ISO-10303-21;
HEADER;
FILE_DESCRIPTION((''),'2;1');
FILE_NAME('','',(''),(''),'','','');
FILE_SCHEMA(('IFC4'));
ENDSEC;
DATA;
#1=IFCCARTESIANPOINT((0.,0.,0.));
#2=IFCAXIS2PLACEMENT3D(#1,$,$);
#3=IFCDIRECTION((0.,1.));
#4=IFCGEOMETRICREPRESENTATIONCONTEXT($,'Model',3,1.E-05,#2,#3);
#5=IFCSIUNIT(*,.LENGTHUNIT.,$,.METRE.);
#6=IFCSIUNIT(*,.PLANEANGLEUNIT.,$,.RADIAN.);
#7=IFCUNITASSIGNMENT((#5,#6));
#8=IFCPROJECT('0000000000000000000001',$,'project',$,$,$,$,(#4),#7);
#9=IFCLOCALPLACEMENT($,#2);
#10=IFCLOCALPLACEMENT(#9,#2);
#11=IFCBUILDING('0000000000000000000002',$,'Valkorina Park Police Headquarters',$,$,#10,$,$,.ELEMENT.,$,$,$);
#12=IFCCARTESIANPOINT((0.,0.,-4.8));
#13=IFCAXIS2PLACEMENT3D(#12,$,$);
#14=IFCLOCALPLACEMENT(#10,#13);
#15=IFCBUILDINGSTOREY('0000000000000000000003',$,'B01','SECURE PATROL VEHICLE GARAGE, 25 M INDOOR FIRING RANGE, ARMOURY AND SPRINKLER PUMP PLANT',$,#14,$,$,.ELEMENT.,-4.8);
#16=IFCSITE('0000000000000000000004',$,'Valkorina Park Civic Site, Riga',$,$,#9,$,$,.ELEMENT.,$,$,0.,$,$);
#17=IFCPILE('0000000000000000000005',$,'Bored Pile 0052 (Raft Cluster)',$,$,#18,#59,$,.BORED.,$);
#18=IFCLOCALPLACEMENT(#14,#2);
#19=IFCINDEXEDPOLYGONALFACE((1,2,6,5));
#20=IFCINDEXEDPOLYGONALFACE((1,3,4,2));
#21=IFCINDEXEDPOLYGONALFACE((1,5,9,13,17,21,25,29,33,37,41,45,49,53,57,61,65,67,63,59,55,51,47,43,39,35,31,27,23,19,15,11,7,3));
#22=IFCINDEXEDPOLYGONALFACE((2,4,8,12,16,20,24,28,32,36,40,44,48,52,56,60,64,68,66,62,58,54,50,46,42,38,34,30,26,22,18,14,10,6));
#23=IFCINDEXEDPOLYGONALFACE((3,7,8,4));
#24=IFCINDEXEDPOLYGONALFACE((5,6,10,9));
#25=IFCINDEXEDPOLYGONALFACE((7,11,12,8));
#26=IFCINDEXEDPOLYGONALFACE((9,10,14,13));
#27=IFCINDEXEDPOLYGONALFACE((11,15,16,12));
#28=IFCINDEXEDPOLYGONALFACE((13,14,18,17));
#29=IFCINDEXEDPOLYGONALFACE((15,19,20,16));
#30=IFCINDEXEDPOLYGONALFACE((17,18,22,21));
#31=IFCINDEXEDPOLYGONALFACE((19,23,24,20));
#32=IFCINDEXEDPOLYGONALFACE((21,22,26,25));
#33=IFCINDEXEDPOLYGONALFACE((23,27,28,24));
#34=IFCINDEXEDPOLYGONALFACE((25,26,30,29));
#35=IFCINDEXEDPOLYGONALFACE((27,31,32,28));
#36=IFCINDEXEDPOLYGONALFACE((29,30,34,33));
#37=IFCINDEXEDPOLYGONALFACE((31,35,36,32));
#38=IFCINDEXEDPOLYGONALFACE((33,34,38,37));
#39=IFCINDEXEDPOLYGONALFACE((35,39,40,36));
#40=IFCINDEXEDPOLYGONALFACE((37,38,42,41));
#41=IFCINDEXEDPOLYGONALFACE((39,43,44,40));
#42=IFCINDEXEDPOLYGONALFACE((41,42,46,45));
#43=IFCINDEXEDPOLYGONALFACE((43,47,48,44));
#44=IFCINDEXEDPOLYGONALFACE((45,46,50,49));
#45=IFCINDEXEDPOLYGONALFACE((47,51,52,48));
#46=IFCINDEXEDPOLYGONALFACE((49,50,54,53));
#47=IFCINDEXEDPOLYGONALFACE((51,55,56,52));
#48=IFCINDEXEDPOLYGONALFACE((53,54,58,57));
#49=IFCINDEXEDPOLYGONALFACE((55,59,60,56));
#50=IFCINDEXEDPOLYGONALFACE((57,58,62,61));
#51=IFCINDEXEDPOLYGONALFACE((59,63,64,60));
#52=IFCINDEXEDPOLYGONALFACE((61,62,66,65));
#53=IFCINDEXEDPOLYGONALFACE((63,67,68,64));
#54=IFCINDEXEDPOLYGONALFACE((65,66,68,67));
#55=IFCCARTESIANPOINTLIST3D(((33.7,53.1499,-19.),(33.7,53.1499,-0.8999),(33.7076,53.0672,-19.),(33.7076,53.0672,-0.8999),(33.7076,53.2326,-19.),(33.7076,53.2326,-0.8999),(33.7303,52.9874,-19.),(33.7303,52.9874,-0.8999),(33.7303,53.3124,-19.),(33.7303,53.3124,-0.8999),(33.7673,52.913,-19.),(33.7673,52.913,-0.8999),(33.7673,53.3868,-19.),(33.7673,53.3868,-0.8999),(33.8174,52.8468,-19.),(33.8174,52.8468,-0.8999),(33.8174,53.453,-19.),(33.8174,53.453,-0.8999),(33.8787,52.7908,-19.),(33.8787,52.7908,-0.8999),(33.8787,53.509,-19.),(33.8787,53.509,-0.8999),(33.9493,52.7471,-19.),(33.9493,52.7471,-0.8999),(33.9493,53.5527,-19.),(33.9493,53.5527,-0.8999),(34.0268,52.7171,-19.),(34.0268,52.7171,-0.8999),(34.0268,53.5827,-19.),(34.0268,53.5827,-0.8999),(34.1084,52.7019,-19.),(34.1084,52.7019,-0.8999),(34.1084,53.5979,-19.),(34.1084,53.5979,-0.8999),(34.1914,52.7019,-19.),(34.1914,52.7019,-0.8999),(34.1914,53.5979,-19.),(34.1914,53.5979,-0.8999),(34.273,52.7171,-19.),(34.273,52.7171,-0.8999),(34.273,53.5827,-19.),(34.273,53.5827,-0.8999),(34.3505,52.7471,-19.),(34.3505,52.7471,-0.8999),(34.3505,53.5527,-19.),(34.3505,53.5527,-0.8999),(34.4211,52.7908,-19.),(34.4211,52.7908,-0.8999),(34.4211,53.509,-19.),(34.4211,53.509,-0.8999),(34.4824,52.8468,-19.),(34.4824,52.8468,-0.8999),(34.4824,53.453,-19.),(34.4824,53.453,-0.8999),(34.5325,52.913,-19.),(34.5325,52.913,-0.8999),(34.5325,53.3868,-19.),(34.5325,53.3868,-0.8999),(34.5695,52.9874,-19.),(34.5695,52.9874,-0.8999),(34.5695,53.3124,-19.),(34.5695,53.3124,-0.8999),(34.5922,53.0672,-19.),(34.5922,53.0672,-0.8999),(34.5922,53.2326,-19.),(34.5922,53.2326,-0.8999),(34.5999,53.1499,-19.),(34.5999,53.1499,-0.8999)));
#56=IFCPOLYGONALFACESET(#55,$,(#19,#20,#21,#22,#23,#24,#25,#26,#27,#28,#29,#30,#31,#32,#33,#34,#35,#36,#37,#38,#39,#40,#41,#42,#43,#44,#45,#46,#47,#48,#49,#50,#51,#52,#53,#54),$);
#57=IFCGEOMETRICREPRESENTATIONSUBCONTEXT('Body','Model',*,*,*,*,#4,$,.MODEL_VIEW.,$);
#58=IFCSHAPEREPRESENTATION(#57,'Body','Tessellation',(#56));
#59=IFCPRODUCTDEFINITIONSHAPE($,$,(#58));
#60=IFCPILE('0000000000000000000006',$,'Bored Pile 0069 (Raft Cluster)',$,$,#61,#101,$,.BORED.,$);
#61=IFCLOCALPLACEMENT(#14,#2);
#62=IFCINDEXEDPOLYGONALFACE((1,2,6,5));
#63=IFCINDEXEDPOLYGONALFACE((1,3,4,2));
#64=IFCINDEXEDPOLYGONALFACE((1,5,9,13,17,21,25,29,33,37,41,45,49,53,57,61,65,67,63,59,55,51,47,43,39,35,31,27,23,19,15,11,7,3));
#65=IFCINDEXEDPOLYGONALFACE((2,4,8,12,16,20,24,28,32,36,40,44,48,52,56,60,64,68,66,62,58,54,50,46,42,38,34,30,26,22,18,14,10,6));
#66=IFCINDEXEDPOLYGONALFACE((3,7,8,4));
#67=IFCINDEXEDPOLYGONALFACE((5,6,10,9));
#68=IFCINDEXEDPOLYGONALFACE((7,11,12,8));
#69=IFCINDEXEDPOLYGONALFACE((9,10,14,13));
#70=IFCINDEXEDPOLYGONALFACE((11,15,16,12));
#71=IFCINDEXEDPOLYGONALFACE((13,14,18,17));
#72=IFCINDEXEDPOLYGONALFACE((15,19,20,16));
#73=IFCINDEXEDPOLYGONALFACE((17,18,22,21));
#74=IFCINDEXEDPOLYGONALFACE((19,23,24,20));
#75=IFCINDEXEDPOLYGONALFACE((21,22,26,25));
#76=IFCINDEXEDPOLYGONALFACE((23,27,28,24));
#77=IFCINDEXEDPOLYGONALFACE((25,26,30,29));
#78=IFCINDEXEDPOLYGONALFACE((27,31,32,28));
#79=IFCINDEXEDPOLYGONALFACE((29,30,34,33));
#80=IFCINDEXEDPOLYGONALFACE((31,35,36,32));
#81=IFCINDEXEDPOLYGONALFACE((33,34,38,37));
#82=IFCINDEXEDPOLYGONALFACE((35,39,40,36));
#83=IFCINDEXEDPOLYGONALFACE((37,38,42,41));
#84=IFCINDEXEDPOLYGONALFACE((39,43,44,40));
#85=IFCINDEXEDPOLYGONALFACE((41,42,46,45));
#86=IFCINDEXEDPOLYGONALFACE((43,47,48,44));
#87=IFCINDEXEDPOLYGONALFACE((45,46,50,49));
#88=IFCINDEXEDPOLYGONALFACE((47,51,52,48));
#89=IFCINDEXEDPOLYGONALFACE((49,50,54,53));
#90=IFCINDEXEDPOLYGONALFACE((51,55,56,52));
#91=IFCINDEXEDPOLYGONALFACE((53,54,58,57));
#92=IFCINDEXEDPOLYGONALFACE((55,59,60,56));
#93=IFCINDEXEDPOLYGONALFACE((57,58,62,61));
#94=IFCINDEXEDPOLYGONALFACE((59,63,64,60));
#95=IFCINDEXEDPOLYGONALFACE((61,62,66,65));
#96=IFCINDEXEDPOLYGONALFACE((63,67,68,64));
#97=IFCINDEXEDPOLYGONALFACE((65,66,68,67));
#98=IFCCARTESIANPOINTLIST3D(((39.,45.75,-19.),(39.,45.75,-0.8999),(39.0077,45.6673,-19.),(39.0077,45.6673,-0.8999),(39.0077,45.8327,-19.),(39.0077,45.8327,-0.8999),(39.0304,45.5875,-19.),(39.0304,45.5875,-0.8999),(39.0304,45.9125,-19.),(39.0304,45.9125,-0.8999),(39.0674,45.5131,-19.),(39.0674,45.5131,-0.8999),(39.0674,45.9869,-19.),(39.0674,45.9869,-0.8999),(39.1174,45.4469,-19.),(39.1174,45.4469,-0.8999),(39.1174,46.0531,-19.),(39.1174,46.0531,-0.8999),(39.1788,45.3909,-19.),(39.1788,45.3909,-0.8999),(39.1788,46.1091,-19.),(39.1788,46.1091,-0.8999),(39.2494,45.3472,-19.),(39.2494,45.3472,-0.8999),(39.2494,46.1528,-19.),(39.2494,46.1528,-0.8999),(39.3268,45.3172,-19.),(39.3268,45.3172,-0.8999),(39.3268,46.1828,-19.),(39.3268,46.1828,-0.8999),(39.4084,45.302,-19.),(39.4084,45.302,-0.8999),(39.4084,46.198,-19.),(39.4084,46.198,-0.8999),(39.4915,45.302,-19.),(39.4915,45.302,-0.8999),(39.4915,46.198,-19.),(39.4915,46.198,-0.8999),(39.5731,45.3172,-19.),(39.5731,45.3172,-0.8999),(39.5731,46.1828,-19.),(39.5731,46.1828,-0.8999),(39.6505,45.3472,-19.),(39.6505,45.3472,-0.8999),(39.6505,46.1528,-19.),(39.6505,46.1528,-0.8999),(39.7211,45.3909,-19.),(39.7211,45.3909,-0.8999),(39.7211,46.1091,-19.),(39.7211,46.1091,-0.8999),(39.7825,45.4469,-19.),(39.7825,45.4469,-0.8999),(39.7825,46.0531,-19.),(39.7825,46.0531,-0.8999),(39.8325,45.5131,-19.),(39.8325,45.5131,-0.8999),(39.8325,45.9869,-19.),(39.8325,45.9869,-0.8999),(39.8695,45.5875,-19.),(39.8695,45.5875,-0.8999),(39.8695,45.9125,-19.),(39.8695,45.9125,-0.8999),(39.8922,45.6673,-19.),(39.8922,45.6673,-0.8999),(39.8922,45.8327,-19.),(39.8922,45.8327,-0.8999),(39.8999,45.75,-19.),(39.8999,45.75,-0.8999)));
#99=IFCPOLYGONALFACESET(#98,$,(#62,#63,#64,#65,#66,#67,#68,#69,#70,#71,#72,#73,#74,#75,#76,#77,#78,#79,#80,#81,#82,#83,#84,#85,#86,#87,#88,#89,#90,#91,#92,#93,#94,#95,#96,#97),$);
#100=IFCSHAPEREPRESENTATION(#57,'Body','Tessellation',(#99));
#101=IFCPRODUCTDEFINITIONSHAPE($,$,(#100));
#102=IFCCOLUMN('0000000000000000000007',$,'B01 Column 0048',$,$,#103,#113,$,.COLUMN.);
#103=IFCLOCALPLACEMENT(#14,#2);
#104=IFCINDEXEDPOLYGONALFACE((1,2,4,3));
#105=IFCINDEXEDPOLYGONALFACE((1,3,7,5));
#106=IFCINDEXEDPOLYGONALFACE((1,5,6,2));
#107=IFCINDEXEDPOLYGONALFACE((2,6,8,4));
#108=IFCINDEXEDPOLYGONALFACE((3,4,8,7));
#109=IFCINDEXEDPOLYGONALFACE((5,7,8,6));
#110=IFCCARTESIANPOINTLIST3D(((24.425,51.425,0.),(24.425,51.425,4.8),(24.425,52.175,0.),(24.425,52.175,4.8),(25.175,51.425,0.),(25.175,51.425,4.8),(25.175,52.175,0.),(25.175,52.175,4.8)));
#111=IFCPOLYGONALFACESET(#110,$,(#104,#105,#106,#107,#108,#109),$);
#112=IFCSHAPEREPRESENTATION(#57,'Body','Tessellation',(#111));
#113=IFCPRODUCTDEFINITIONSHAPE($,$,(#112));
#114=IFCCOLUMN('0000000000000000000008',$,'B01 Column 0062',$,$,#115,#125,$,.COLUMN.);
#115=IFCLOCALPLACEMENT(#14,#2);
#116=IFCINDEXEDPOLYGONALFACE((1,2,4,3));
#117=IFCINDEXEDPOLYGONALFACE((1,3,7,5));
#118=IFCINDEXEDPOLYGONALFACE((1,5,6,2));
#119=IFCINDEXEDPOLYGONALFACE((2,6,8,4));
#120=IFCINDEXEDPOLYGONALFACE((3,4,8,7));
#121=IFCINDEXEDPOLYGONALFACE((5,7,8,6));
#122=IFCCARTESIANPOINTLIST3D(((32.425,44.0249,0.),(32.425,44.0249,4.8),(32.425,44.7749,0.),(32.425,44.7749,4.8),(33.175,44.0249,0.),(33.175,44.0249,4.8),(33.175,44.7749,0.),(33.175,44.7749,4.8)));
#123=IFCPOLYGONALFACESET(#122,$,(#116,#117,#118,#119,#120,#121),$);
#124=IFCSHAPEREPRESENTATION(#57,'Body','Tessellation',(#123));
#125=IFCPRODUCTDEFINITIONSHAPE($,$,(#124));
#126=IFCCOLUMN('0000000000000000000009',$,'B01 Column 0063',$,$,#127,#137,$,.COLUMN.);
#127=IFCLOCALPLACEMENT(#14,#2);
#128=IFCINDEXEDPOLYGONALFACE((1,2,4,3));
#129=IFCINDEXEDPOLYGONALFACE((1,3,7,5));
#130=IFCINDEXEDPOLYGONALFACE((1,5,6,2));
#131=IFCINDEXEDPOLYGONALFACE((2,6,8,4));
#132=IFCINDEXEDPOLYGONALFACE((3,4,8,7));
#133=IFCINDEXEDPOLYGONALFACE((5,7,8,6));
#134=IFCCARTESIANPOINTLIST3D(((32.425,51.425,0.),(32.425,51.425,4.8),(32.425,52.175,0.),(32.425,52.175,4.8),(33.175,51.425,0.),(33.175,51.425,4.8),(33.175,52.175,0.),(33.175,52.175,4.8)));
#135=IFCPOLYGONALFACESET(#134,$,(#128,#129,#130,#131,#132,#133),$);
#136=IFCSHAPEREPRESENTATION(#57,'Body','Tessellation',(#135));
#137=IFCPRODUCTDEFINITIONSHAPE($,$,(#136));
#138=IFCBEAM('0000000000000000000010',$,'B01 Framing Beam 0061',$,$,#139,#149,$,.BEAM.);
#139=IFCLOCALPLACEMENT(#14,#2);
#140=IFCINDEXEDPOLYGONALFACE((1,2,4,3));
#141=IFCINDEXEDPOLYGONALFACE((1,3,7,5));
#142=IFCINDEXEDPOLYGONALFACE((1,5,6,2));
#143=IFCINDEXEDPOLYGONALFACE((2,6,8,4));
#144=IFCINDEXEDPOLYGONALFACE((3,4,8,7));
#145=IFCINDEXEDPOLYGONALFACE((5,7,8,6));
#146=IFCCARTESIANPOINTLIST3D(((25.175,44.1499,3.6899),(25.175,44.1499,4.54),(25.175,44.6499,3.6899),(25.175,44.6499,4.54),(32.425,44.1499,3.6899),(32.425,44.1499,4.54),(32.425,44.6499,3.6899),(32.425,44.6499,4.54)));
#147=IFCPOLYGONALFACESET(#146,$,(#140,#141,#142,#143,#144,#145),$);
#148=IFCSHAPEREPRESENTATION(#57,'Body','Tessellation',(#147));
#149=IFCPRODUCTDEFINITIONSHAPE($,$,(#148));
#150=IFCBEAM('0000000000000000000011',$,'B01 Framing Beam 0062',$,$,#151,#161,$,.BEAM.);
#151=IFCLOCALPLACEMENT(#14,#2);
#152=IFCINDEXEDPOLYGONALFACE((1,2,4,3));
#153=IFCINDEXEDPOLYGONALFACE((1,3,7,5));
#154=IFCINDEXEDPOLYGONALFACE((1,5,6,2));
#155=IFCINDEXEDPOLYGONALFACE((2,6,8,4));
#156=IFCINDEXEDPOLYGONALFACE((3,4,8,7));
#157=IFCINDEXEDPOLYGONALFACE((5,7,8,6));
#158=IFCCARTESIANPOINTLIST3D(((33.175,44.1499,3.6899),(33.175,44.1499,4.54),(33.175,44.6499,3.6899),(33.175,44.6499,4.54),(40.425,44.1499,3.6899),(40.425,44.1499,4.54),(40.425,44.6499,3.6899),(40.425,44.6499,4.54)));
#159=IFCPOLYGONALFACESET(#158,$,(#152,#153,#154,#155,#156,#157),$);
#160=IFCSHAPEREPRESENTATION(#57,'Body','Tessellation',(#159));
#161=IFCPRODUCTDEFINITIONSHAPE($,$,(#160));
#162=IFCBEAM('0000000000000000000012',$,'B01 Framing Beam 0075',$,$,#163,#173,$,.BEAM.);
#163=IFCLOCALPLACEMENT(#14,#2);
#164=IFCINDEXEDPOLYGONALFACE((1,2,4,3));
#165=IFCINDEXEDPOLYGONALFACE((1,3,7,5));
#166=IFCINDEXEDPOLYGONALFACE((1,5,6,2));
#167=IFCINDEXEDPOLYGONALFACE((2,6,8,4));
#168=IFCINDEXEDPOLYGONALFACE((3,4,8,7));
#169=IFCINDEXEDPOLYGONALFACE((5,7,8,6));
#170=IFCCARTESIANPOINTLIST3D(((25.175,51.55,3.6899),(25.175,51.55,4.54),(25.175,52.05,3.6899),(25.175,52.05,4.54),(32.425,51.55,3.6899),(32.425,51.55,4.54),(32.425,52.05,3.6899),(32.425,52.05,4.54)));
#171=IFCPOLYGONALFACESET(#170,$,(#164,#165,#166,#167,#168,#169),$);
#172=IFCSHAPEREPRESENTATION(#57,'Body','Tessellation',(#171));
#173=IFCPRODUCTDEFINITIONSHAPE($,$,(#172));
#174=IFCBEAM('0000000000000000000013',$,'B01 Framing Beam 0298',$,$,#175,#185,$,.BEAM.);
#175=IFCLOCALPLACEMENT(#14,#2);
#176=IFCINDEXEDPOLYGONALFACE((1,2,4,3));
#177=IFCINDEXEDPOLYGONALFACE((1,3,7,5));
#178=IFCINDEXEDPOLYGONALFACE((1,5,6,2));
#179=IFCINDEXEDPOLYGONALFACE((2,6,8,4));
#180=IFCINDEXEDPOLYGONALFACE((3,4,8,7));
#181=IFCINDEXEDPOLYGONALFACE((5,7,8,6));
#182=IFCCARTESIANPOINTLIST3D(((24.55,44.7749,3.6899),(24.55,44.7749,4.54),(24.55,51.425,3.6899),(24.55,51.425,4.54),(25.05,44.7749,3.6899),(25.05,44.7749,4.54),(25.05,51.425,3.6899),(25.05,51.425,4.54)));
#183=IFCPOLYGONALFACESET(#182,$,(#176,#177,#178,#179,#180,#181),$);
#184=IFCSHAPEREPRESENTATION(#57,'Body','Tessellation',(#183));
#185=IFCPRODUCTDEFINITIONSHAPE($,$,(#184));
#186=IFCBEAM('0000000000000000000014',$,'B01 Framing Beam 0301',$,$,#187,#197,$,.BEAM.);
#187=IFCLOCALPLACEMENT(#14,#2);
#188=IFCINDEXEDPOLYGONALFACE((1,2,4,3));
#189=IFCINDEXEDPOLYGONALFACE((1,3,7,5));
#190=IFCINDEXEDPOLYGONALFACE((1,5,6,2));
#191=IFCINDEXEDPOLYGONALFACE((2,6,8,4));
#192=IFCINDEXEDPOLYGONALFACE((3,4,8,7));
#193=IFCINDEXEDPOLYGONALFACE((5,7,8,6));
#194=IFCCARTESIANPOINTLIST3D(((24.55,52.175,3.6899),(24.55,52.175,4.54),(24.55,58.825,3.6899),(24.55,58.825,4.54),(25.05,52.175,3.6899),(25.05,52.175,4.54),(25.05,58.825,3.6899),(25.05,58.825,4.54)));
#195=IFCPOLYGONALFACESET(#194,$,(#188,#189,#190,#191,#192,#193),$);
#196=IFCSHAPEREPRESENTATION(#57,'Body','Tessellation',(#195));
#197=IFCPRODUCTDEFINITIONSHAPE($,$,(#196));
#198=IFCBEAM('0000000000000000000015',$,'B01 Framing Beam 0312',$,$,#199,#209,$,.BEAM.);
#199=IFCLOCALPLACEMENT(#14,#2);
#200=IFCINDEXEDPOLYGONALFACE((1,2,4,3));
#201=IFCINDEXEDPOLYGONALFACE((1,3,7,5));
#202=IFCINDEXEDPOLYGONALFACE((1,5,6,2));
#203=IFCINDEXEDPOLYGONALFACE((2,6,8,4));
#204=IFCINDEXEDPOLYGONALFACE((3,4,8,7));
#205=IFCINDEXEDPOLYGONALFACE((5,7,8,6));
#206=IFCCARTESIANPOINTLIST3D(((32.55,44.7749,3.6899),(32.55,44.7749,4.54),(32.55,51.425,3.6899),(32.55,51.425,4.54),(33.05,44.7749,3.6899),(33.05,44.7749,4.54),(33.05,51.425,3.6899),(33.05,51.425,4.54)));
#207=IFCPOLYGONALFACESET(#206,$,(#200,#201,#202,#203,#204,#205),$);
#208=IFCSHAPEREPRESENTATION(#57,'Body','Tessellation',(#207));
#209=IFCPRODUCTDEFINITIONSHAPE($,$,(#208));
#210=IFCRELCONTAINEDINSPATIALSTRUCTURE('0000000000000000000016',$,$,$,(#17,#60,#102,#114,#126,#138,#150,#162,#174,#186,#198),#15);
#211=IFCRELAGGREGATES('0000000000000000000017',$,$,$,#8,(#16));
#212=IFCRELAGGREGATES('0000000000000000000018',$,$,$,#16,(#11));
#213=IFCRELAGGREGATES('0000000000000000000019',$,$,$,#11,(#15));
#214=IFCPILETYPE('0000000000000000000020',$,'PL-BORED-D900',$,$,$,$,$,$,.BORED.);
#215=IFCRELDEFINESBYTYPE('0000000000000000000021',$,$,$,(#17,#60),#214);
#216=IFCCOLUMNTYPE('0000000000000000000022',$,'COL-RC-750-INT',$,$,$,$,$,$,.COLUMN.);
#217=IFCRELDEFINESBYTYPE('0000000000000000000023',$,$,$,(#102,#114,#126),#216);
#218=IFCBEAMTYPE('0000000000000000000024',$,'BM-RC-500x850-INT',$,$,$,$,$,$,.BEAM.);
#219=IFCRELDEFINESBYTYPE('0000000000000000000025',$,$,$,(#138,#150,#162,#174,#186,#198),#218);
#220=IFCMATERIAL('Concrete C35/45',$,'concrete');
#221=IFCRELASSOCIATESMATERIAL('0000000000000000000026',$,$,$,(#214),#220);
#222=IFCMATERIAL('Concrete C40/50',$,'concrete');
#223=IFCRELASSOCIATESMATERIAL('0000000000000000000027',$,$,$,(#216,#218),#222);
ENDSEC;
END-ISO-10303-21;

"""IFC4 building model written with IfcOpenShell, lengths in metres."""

from ifc_helpers import new_model, si_unit, direction, frame, origin, origin_2d, place, context, subcontext, project, spatial, rectangle, circle, extrude, material, material_profile, profile_set, type_object, element, save


model = new_model("IFC4")

# Units and contexts
model_context = context("Model", 3, precision=1e-05, world=origin(), true_north=direction((0.0, 1.0)))
body_context = subcontext(model_context, "Body", "Model", "MODEL_VIEW")
ifc_project = project(units=[si_unit("LENGTHUNIT", "METRE"), si_unit("PLANEANGLEUNIT", "RADIAN")], contexts=[model_context])

# Site, building, storey
site_placement = place(None, origin())
site = spatial("IfcSite", under=ifc_project, at=site_placement, Name="Valkorina Park Civic Site, Riga", CompositionType="ELEMENT", RefElevation=0.0)
building_placement = place(site_placement, origin())
building = spatial("IfcBuilding", under=site, at=building_placement, Name="Valkorina Park Police Headquarters", CompositionType="ELEMENT")
storey_placement = place(building_placement, frame((0.0, 0.0, -4.8)))
storey = spatial("IfcBuildingStorey", under=building, at=storey_placement, Name="B01", Description="SECURE PATROL VEHICLE GARAGE, 25 M INDOOR FIRING RANGE, ARMOURY AND SPRINKLER PUMP PLANT", CompositionType="ELEMENT", Elevation=-4.8)

# Piles
ifc_material_1 = material(Name="Concrete C35/45", Category="concrete")
ifc_material_profile_1 = material_profile(ifc_material_1, circle(Radius=0.45, at=origin_2d()), Name="BORED PILE D900")
ifc_profile_set_1 = profile_set([ifc_material_profile_1], Name="Concrete C35/45")
pile_type = type_object("IfcPileType", Name="PL-BORED-D900", PredefinedType="BORED", material=ifc_profile_set_1)
for number, where, z_axis, x_axis, name in (
    (1, (34.1499, 53.1499, -0.8999), (0.0, 0.0, -1.0), (1.0, 0.0, 0.0), "Bored Pile 0052 (Raft Cluster)"),
    (2, (39.45, 45.75, -0.8999), (0.0, 0.0, -1.0), (1.0, 0.0, 0.0), "Bored Pile 0069 (Raft Cluster)"),
):
    element("IfcPile", number, at=place(storey_placement, frame(where, z_axis=z_axis, x_axis=x_axis)), inside=storey, type_object=pile_type, Name=name, PredefinedType="BORED", context=body_context, shape_type="SweptSolid", body=[
        extrude(circle(Radius=0.45, at=origin_2d()), origin(), (0.0, 0.0, 1.0), 18.1001),
    ])

# Columns
ifc_material_2 = material(Name="Concrete C40/50", Category="concrete")
ifc_material_profile_2 = material_profile(ifc_material_2, rectangle(XDim=0.75, YDim=0.75, at=origin_2d()), Name="RC COL 750x750")
ifc_profile_set_2 = profile_set([ifc_material_profile_2], Name="Concrete C40/50")
column_type = type_object("IfcColumnType", Name="COL-RC-750-INT", PredefinedType="COLUMN", material=ifc_profile_set_2)
for number, where, z_axis, x_axis, name in (
    (3, (24.8, 51.8, 0.0), (0.0, 0.0, 1.0), (1.0, 0.0, 0.0), "B01 Column 0048"),
    (4, (32.8, 44.3999, 0.0), (0.0, 0.0, 1.0), (1.0, 0.0, 0.0), "B01 Column 0062"),
    (5, (32.8, 51.8, 0.0), (0.0, 0.0, 1.0), (1.0, 0.0, 0.0), "B01 Column 0063"),
):
    element("IfcColumn", number, at=place(storey_placement, frame(where, z_axis=z_axis, x_axis=x_axis)), inside=storey, type_object=column_type, Name=name, PredefinedType="COLUMN", context=body_context, shape_type="SweptSolid", body=[
        extrude(rectangle(XDim=0.75, YDim=0.75, at=origin_2d()), origin(), (0.0, 0.0, 1.0), 4.8),
    ])

# Beams
ifc_material_profile_3 = material_profile(ifc_material_2, rectangle(XDim=0.5, YDim=0.8501, at=origin_2d()), Name="RC BEAM 500x850")
ifc_profile_set_3 = profile_set([ifc_material_profile_3], Name="Concrete C40/50")
beam_type_1 = type_object("IfcBeamType", Name="BM-RC-500x850-INT", PredefinedType="BEAM", material=ifc_profile_set_3)
for number, where, z_axis, x_axis, name in (
    (6, (25.175, 44.3999, 4.115), (1.0, 0.0, 0.0), (0.0, 1.0, 0.0), "B01 Framing Beam 0061"),
    (7, (33.175, 44.3999, 4.115), (1.0, 0.0, 0.0), (0.0, 1.0, 0.0), "B01 Framing Beam 0062"),
    (8, (25.175, 51.8, 4.115), (1.0, 0.0, 0.0), (0.0, 1.0, 0.0), "B01 Framing Beam 0075"),
):
    element("IfcBeam", number, at=place(storey_placement, frame(where, z_axis=z_axis, x_axis=x_axis)), inside=storey, type_object=beam_type_1, Name=name, PredefinedType="BEAM", context=body_context, shape_type="SweptSolid", body=[
        extrude(rectangle(XDim=0.5, YDim=0.8501, at=origin_2d()), origin(), (0.0, 0.0, 1.0), 7.25),
    ])
beam_1_placement = place(storey_placement, frame((24.8, 44.7749, 4.115), z_axis=(0.0, 1.0, 0.0), x_axis=(-1.0, 0.0, 0.0)))
element("IfcBeam", 9, at=beam_1_placement, inside=storey, type_object=beam_type_1, Name="B01 Framing Beam 0298", PredefinedType="BEAM", context=body_context, shape_type="SweptSolid", body=[
    extrude(rectangle(XDim=0.5, YDim=0.8501, at=origin_2d()), origin(), (0.0, 0.0, 1.0), 6.6501),
])
beam_2_placement = place(storey_placement, frame((24.8, 52.175, 4.115), z_axis=(0.0, 1.0, 0.0), x_axis=(-1.0, 0.0, 0.0)))
element("IfcBeam", 10, at=beam_2_placement, inside=storey, type_object=beam_type_1, Name="B01 Framing Beam 0301", PredefinedType="BEAM", context=body_context, shape_type="SweptSolid", body=[
    extrude(rectangle(XDim=0.5, YDim=0.8501, at=origin_2d()), origin(), (0.0, 0.0, 1.0), 6.6499),
])
beam_3_placement = place(storey_placement, frame((32.8, 44.7749, 4.115), z_axis=(0.0, 1.0, 0.0), x_axis=(-1.0, 0.0, 0.0)))
element("IfcBeam", 11, at=beam_3_placement, inside=storey, type_object=beam_type_1, Name="B01 Framing Beam 0312", PredefinedType="BEAM", context=body_context, shape_type="SweptSolid", body=[
    extrude(rectangle(XDim=0.5, YDim=0.8501, at=origin_2d()), origin(), (0.0, 0.0, 1.0), 6.6501),
])

save(model, "model.ifc")
